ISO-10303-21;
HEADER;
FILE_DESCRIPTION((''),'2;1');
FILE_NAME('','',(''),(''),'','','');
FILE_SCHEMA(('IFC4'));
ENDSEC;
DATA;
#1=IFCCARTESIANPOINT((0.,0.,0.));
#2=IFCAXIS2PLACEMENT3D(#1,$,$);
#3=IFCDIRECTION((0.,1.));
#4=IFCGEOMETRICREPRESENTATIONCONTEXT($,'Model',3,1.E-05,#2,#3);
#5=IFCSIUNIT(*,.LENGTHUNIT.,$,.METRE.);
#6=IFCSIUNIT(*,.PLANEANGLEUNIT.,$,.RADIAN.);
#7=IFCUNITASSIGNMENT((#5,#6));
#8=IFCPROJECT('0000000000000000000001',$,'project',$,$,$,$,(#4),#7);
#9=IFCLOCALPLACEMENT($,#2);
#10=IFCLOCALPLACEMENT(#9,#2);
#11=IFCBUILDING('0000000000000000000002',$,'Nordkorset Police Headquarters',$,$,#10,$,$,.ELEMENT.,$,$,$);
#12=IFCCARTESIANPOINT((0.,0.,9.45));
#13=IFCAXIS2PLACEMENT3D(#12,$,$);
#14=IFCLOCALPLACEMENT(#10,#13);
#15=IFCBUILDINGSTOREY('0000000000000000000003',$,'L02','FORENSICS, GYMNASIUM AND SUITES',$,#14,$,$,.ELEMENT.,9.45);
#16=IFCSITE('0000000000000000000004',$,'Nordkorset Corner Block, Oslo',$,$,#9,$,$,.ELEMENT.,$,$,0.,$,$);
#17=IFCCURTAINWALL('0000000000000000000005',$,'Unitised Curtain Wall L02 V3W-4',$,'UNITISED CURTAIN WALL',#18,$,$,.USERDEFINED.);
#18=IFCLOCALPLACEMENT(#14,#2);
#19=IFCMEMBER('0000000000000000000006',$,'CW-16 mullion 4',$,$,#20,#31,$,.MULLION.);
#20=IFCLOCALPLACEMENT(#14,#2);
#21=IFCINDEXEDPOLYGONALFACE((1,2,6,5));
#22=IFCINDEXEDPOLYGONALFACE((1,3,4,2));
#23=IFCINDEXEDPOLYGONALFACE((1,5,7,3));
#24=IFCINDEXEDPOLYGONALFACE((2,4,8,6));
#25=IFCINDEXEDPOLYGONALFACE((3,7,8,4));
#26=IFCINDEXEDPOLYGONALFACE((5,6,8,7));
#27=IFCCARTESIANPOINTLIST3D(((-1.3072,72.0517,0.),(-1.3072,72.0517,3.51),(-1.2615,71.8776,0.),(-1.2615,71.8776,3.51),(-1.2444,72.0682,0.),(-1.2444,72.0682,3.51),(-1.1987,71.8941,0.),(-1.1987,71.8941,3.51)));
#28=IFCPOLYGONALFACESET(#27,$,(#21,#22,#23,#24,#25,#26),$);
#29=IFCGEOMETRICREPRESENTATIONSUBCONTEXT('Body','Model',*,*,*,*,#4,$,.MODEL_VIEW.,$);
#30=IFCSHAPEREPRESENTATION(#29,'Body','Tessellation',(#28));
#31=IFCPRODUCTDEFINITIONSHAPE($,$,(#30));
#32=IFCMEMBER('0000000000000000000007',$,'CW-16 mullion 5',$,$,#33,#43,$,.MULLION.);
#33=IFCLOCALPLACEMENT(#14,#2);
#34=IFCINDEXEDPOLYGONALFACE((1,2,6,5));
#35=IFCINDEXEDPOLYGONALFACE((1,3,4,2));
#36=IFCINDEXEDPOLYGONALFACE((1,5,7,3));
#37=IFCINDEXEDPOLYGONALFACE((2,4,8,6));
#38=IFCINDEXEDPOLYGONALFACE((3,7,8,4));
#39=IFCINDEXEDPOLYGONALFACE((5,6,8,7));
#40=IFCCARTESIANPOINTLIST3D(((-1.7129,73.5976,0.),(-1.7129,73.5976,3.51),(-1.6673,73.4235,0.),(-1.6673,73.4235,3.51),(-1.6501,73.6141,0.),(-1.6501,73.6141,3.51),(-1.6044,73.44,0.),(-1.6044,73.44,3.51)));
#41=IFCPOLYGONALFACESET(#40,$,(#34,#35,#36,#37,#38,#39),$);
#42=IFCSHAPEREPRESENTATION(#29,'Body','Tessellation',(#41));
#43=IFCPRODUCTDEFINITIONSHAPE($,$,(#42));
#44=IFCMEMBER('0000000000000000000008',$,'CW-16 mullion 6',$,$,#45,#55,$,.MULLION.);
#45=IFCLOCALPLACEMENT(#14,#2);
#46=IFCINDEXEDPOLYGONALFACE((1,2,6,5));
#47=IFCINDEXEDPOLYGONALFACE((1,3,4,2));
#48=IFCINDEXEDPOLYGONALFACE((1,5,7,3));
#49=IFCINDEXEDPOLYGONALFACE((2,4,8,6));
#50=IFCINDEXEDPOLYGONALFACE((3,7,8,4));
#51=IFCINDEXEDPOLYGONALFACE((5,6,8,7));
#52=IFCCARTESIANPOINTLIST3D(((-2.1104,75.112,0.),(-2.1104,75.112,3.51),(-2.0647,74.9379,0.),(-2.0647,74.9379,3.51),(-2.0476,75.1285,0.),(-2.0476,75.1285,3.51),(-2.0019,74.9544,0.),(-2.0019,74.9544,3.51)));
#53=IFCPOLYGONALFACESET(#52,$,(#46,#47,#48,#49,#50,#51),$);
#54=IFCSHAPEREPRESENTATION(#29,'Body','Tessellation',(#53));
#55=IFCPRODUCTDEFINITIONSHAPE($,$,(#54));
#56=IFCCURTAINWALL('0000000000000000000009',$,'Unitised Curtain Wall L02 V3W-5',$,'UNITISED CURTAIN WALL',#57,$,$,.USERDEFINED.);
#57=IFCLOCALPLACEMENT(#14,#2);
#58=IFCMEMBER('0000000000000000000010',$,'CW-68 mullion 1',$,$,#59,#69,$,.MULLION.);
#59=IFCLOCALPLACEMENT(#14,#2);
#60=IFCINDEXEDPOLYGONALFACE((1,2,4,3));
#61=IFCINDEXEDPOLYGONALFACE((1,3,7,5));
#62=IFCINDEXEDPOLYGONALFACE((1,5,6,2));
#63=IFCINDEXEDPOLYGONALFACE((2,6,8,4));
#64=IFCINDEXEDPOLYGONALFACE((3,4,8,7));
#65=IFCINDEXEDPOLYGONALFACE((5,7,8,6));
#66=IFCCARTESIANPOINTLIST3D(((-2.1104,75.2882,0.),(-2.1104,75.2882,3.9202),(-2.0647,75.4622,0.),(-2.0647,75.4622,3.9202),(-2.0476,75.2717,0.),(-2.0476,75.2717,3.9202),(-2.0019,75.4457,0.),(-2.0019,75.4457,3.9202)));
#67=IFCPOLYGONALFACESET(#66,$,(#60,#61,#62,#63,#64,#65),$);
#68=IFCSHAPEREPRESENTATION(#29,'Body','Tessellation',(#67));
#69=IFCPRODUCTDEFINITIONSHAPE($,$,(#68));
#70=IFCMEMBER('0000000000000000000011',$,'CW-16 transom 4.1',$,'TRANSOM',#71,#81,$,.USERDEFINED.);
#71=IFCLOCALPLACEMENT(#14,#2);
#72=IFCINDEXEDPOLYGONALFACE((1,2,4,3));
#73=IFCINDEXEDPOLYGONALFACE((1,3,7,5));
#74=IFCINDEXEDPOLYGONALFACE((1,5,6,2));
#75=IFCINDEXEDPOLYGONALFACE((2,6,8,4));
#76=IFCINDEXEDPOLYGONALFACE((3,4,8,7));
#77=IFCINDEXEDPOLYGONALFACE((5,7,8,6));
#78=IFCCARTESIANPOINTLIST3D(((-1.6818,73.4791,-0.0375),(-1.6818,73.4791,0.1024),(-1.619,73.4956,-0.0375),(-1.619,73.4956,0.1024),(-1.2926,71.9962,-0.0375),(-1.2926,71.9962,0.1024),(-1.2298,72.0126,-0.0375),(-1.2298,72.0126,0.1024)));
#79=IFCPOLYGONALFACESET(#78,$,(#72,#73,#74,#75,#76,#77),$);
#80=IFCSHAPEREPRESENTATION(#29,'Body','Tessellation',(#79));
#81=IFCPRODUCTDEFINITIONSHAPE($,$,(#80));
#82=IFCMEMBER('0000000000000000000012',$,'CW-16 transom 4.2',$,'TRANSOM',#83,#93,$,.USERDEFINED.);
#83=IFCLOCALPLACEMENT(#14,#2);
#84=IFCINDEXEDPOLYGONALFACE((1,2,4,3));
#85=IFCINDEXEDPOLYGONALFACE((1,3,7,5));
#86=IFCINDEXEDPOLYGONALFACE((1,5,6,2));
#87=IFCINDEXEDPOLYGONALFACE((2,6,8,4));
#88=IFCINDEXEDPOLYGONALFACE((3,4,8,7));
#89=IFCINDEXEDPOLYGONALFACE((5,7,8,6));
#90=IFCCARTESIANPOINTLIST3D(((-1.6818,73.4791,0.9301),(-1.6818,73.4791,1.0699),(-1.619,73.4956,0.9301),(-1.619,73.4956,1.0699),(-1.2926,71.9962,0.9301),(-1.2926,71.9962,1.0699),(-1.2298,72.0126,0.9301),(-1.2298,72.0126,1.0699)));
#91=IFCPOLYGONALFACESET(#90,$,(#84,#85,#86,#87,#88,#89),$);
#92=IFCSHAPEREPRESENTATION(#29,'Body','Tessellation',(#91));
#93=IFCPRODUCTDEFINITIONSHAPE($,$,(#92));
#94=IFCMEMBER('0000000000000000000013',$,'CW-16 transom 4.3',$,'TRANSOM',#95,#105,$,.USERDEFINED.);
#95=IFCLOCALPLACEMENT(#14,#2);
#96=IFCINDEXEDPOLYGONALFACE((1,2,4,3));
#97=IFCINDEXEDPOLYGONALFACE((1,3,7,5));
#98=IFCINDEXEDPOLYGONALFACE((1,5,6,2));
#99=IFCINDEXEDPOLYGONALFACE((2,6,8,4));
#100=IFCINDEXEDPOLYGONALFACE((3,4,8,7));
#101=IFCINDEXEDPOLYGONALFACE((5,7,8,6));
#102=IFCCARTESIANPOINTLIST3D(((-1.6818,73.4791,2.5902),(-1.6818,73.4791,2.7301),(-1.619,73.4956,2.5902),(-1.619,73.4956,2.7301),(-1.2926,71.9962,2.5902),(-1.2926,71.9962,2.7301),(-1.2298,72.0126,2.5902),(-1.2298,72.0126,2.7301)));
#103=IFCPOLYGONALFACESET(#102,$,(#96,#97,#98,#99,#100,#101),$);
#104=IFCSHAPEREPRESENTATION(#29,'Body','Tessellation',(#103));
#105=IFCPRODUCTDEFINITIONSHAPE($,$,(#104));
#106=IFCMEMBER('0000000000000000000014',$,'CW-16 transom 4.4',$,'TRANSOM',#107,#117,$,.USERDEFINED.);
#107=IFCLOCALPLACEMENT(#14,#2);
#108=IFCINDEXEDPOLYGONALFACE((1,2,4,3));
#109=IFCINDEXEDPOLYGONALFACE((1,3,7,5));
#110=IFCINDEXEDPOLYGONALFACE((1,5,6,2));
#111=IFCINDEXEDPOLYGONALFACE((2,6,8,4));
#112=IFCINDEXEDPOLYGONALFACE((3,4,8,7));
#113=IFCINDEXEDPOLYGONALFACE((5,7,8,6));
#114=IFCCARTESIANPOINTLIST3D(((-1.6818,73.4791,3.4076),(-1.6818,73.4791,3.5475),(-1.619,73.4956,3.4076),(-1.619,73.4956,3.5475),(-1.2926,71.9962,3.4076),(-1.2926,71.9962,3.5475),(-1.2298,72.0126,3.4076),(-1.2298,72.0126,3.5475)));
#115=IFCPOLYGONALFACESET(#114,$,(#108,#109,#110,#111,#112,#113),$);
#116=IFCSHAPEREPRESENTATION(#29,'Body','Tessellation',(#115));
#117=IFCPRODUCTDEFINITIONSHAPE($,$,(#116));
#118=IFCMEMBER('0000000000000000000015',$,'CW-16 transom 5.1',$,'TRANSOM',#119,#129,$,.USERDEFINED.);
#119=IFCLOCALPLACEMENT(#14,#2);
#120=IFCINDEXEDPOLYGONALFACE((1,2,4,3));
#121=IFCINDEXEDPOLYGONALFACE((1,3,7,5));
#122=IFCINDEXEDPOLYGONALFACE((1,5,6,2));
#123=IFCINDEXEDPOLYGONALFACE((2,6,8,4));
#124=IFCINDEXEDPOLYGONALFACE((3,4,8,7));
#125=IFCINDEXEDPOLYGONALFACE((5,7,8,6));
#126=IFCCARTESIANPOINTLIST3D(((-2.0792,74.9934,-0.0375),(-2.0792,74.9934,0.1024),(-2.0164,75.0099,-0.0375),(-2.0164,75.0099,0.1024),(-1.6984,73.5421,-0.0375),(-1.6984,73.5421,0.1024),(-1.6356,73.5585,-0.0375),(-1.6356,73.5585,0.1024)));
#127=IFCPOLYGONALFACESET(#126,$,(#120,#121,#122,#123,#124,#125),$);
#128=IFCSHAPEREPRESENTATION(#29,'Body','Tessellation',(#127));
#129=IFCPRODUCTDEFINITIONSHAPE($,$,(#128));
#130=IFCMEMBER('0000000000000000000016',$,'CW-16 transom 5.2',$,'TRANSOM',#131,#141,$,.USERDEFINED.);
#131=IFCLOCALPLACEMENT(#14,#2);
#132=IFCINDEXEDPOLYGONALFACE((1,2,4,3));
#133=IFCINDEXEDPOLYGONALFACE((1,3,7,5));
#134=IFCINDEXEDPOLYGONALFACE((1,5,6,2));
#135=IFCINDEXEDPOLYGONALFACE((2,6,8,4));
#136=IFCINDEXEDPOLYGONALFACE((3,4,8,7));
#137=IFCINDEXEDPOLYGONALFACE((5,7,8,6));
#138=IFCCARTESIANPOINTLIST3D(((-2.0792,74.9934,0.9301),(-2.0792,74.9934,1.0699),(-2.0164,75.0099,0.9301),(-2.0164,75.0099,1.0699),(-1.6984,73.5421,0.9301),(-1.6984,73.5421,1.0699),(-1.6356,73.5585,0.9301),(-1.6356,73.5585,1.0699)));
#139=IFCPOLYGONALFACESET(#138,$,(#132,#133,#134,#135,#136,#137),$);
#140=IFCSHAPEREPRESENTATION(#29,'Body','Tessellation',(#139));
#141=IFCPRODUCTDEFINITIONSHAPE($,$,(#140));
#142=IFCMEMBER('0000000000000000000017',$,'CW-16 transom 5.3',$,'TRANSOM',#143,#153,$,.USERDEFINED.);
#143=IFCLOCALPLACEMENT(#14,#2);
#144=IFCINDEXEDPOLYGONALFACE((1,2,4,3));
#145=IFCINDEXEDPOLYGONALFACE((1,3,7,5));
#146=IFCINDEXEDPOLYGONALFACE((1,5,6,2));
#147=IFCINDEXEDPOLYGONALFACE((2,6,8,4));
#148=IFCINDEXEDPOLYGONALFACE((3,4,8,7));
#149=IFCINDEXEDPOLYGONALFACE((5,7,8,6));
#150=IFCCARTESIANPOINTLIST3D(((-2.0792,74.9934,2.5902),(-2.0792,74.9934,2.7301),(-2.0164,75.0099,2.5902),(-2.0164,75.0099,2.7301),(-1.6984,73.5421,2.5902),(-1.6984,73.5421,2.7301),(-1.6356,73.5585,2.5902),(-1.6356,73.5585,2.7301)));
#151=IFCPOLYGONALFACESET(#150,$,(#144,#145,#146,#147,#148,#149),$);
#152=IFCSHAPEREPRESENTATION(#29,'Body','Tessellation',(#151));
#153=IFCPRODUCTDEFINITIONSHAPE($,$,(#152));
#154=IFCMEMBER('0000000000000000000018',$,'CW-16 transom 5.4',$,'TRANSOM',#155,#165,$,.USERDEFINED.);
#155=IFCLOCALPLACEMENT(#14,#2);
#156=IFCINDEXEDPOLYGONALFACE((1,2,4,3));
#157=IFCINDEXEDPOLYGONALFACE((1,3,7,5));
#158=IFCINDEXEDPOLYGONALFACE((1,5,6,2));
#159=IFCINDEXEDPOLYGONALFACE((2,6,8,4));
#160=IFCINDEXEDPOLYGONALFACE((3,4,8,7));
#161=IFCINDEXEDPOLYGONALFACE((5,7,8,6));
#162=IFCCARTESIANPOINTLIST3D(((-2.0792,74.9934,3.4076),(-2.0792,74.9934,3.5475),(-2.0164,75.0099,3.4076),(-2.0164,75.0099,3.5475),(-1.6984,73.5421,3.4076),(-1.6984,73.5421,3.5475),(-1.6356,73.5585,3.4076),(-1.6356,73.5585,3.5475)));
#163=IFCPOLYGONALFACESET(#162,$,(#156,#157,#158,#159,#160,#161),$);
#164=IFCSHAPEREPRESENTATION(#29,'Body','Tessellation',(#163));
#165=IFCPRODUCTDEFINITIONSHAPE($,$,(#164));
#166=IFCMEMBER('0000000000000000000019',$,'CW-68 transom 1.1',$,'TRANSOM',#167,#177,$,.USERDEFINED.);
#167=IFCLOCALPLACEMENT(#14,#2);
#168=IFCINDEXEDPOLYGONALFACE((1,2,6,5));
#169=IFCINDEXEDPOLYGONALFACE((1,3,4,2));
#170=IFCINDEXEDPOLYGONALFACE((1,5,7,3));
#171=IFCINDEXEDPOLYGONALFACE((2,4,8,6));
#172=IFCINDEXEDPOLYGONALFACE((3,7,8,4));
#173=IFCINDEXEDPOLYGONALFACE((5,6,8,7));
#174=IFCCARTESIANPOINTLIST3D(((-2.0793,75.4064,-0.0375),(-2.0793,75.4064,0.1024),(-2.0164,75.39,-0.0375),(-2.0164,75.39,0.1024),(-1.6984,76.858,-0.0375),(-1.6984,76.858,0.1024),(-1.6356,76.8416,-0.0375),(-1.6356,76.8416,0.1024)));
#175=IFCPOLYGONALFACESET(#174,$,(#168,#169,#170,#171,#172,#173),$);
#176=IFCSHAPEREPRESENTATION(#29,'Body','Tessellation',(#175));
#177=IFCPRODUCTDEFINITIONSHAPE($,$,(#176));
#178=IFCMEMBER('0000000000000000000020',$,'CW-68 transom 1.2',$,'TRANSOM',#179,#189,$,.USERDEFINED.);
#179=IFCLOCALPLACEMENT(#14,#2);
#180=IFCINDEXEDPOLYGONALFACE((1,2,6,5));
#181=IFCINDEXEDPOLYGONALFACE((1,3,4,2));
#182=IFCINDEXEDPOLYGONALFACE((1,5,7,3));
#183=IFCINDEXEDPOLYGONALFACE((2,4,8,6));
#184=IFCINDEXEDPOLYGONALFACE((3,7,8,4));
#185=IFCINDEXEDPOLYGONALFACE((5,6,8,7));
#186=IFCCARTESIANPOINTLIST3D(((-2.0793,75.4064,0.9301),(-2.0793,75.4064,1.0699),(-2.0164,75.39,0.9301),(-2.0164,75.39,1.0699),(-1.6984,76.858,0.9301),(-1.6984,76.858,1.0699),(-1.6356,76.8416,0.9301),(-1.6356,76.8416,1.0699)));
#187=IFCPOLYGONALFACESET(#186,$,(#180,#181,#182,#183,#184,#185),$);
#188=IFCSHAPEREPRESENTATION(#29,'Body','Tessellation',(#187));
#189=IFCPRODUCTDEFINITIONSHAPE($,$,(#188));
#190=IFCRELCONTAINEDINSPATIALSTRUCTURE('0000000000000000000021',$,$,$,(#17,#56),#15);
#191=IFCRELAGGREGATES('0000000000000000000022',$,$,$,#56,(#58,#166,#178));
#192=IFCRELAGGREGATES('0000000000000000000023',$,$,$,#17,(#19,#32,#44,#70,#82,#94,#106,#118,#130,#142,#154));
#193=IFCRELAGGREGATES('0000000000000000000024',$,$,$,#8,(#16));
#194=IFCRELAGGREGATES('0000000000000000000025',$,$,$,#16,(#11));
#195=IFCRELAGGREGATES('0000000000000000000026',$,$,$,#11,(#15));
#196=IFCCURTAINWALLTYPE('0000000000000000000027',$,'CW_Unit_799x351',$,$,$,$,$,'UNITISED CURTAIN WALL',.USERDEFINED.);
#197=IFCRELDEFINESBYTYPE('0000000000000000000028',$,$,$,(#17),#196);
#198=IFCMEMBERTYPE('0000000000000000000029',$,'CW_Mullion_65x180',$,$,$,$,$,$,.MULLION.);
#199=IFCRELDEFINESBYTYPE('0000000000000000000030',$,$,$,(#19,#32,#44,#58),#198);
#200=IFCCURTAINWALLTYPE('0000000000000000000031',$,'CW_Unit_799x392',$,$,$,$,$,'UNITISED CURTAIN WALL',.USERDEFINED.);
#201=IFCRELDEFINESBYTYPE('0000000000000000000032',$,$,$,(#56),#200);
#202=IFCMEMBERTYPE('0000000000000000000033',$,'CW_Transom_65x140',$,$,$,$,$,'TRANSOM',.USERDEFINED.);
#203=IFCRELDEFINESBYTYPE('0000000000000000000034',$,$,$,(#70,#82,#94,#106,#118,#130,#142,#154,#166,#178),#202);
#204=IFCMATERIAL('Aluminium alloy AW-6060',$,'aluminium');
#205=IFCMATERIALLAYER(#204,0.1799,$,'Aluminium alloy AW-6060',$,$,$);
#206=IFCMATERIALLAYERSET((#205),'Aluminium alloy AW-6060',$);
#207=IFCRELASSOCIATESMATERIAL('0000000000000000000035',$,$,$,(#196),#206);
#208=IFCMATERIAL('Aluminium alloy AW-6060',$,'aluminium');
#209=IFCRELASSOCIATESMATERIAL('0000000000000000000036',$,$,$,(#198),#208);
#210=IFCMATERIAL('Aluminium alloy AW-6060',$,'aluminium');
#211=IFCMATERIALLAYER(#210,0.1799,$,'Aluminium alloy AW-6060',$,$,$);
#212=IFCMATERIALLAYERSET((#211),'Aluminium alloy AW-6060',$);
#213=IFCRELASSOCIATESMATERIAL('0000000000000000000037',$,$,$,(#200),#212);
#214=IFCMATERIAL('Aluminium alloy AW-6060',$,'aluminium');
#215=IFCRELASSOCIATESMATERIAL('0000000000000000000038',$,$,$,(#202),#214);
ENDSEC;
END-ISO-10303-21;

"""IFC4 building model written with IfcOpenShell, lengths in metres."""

from ifc_helpers import new_model, si_unit, direction, frame, origin, origin_2d, place, context, subcontext, project, spatial, rectangle, extrude, material, layer, layer_set, material_profile, profile_set, type_object, element, aggregate, save


model = new_model("IFC4")

# Units and contexts
model_context = context("Model", 3, precision=1e-05, world=origin(), true_north=direction((0.0, 1.0)))
body_context = subcontext(model_context, "Body", "Model", "MODEL_VIEW")
ifc_project = project(units=[si_unit("LENGTHUNIT", "METRE"), si_unit("PLANEANGLEUNIT", "RADIAN")], contexts=[model_context])

# Site, building, storey
site_placement = place(None, origin())
site = spatial("IfcSite", under=ifc_project, at=site_placement, Name="Nordkorset Corner Block, Oslo", CompositionType="ELEMENT", RefElevation=0.0)
building_placement = place(site_placement, origin())
building = spatial("IfcBuilding", under=site, at=building_placement, Name="Nordkorset Police Headquarters", CompositionType="ELEMENT")
storey_placement = place(building_placement, frame((0.0, 0.0, 9.45)))
storey = spatial("IfcBuildingStorey", under=building, at=storey_placement, Name="L02", Description="FORENSICS, GYMNASIUM AND SUITES", CompositionType="ELEMENT", Elevation=9.45)

# Curtain wall, members
ifc_material_1 = material(Name="Aluminium alloy AW-6060", Category="aluminium")
ifc_layer_1 = layer(ifc_material_1, 0.1799, Name="Aluminium alloy AW-6060")
ifc_layer_set_1 = layer_set([ifc_layer_1], Name="Aluminium alloy AW-6060")
curtain_wall_type_1 = type_object("IfcCurtainWallType", Name="CW_Unit_799x351", ElementType="UNITISED CURTAIN WALL", PredefinedType="USERDEFINED", material=ifc_layer_set_1)
curtain_wall_1_placement = place(storey_placement, origin())
curtain_wall_1 = element("IfcCurtainWall", 1, at=curtain_wall_1_placement, inside=storey, type_object=curtain_wall_type_1, Name="Unitised Curtain Wall L02 V3W-4", ObjectType="UNITISED CURTAIN WALL", PredefinedType="USERDEFINED")
ifc_material_2 = material(Name="Aluminium alloy AW-6060", Category="aluminium")
ifc_material_profile_1 = material_profile(ifc_material_2, rectangle(XDim=0.0649, YDim=0.1799, at=origin_2d()), Name="ALU MULL 65x180")
ifc_profile_set_1 = profile_set([ifc_material_profile_1], Name="Aluminium alloy AW-6060")
member_type_1 = type_object("IfcMemberType", Name="CW_Mullion_65x180", PredefinedType="MULLION", material=ifc_profile_set_1)
member_1_placement = place(storey_placement, frame((-1.2529, 71.9729, 0.0), z_axis=(0.0, 0.0, 1.0), x_axis=(-0.967231, -0.253897, 0.0)))
member_1 = element("IfcMember", 2, at=member_1_placement, type_object=member_type_1, Name="CW-16 mullion 4", PredefinedType="MULLION", context=body_context, shape_type="SweptSolid", body=[
    extrude(rectangle(XDim=0.0649, YDim=0.1799, at=origin_2d()), origin(), (0.0, 0.0, 1.0), 3.51),
])
member_2_placement = place(storey_placement, frame((-1.6587, 73.5188, 0.0), z_axis=(0.0, 0.0, 1.0), x_axis=(-0.967231, -0.253897, 0.0)))
member_2 = element("IfcMember", 3, at=member_2_placement, type_object=member_type_1, Name="CW-16 mullion 5", PredefinedType="MULLION", context=body_context, shape_type="SweptSolid", body=[
    extrude(rectangle(XDim=0.0649, YDim=0.1799, at=origin_2d()), origin(), (0.0, 0.0, 1.0), 3.51),
])
member_3_placement = place(storey_placement, frame((-2.0562, 75.0332, 0.0), z_axis=(0.0, 0.0, 1.0), x_axis=(-0.967231, -0.253897, 0.0)))
member_3 = element("IfcMember", 4, at=member_3_placement, type_object=member_type_1, Name="CW-16 mullion 6", PredefinedType="MULLION", context=body_context, shape_type="SweptSolid", body=[
    extrude(rectangle(XDim=0.0649, YDim=0.1799, at=origin_2d()), origin(), (0.0, 0.0, 1.0), 3.51),
])

# Curtain wall, member
ifc_material_3 = material(Name="Aluminium alloy AW-6060", Category="aluminium")
ifc_layer_2 = layer(ifc_material_3, 0.1799, Name="Aluminium alloy AW-6060")
ifc_layer_set_2 = layer_set([ifc_layer_2], Name="Aluminium alloy AW-6060")
curtain_wall_type_2 = type_object("IfcCurtainWallType", Name="CW_Unit_799x392", ElementType="UNITISED CURTAIN WALL", PredefinedType="USERDEFINED", material=ifc_layer_set_2)
curtain_wall_2_placement = place(storey_placement, origin())
curtain_wall_2 = element("IfcCurtainWall", 5, at=curtain_wall_2_placement, inside=storey, type_object=curtain_wall_type_2, Name="Unitised Curtain Wall L02 V3W-5", ObjectType="UNITISED CURTAIN WALL", PredefinedType="USERDEFINED")
member_4_placement = place(storey_placement, frame((-2.0562, 75.3669, 0.0), z_axis=(0.0, 0.0, 1.0), x_axis=(-0.967231, 0.253897, 0.0)))
member_4 = element("IfcMember", 6, at=member_4_placement, type_object=member_type_1, Name="CW-68 mullion 1", PredefinedType="MULLION", context=body_context, shape_type="SweptSolid", body=[
    extrude(rectangle(XDim=0.0649, YDim=0.1799, at=origin_2d()), origin(), (0.0, 0.0, 1.0), 3.9202),
])

# Members
ifc_material_4 = material(Name="Aluminium alloy AW-6060", Category="aluminium")
ifc_material_profile_2 = material_profile(ifc_material_4, rectangle(XDim=0.0649, YDim=0.1399, at=origin_2d()), Name="ALU TRAN 65x140")
ifc_profile_set_2 = profile_set([ifc_material_profile_2], Name="Aluminium alloy AW-6060")
member_type_2 = type_object("IfcMemberType", Name="CW_Transom_65x140", ElementType="TRANSOM", PredefinedType="USERDEFINED", material=ifc_profile_set_2)
member_5_placement = place(storey_placement, frame((-1.2612, 72.0044, 0.0325), z_axis=(-0.253835, 0.967248, 0.0), x_axis=(-0.967248, -0.253835, 0.0)))
member_5 = element("IfcMember", 7, at=member_5_placement, type_object=member_type_2, Name="CW-16 transom 4.1", ObjectType="TRANSOM", PredefinedType="USERDEFINED", context=body_context, shape_type="SweptSolid", body=[
    extrude(rectangle(XDim=0.0649, YDim=0.1399, at=origin_2d()), origin(), (0.0, 0.0, 1.0), 1.5332),
])
member_6_placement = place(storey_placement, frame((-1.2612, 72.0044, 1.0), z_axis=(-0.253835, 0.967248, 0.0), x_axis=(-0.967248, -0.253835, 0.0)))
member_6 = element("IfcMember", 8, at=member_6_placement, type_object=member_type_2, Name="CW-16 transom 4.2", ObjectType="TRANSOM", PredefinedType="USERDEFINED", context=body_context, shape_type="SweptSolid", body=[
    extrude(rectangle(XDim=0.0649, YDim=0.1399, at=origin_2d()), origin(), (0.0, 0.0, 1.0), 1.5332),
])
member_7_placement = place(storey_placement, frame((-1.2612, 72.0044, 2.6602), z_axis=(-0.253835, 0.967248, 0.0), x_axis=(-0.967248, -0.253835, 0.0)))
member_7 = element("IfcMember", 9, at=member_7_placement, type_object=member_type_2, Name="CW-16 transom 4.3", ObjectType="TRANSOM", PredefinedType="USERDEFINED", context=body_context, shape_type="SweptSolid", body=[
    extrude(rectangle(XDim=0.0649, YDim=0.1399, at=origin_2d()), origin(), (0.0, 0.0, 1.0), 1.5332),
])
member_8_placement = place(storey_placement, frame((-1.2612, 72.0044, 3.4775), z_axis=(-0.253835, 0.967248, 0.0), x_axis=(-0.967248, -0.253835, 0.0)))
member_8 = element("IfcMember", 10, at=member_8_placement, type_object=member_type_2, Name="CW-16 transom 4.4", ObjectType="TRANSOM", PredefinedType="USERDEFINED", context=body_context, shape_type="SweptSolid", body=[
    extrude(rectangle(XDim=0.0649, YDim=0.1399, at=origin_2d()), origin(), (0.0, 0.0, 1.0), 1.5332),
])
member_9_placement = place(storey_placement, frame((-1.667, 73.5503, 0.0325), z_axis=(-0.253813, 0.967253, 0.0), x_axis=(-0.967253, -0.253813, 0.0)))
member_9 = element("IfcMember", 11, at=member_9_placement, type_object=member_type_2, Name="CW-16 transom 5.1", ObjectType="TRANSOM", PredefinedType="USERDEFINED", context=body_context, shape_type="SweptSolid", body=[
    extrude(rectangle(XDim=0.0649, YDim=0.1399, at=origin_2d()), origin(), (0.0, 0.0, 1.0), 1.5005),
])
member_10_placement = place(storey_placement, frame((-1.667, 73.5503, 1.0), z_axis=(-0.253813, 0.967253, 0.0), x_axis=(-0.967253, -0.253813, 0.0)))
member_10 = element("IfcMember", 12, at=member_10_placement, type_object=member_type_2, Name="CW-16 transom 5.2", ObjectType="TRANSOM", PredefinedType="USERDEFINED", context=body_context, shape_type="SweptSolid", body=[
    extrude(rectangle(XDim=0.0649, YDim=0.1399, at=origin_2d()), origin(), (0.0, 0.0, 1.0), 1.5005),
])
member_11_placement = place(storey_placement, frame((-1.667, 73.5503, 2.6602), z_axis=(-0.253813, 0.967253, 0.0), x_axis=(-0.967253, -0.253813, 0.0)))
member_11 = element("IfcMember", 13, at=member_11_placement, type_object=member_type_2, Name="CW-16 transom 5.3", ObjectType="TRANSOM", PredefinedType="USERDEFINED", context=body_context, shape_type="SweptSolid", body=[
    extrude(rectangle(XDim=0.0649, YDim=0.1399, at=origin_2d()), origin(), (0.0, 0.0, 1.0), 1.5005),
])
member_12_placement = place(storey_placement, frame((-1.667, 73.5503, 3.4775), z_axis=(-0.253813, 0.967253, 0.0), x_axis=(-0.967253, -0.253813, 0.0)))
member_12 = element("IfcMember", 14, at=member_12_placement, type_object=member_type_2, Name="CW-16 transom 5.4", ObjectType="TRANSOM", PredefinedType="USERDEFINED", context=body_context, shape_type="SweptSolid", body=[
    extrude(rectangle(XDim=0.0649, YDim=0.1399, at=origin_2d()), origin(), (0.0, 0.0, 1.0), 1.5005),
])
member_13_placement = place(storey_placement, frame((-2.0479, 75.3982, 0.0325), z_axis=(0.253773, 0.967264, 0.0), x_axis=(-0.967264, 0.253773, 0.0)))
member_13 = element("IfcMember", 15, at=member_13_placement, type_object=member_type_2, Name="CW-68 transom 1.1", ObjectType="TRANSOM", PredefinedType="USERDEFINED", context=body_context, shape_type="SweptSolid", body=[
    extrude(rectangle(XDim=0.0649, YDim=0.1399, at=origin_2d()), origin(), (0.0, 0.0, 1.0), 1.5007),
])
member_14_placement = place(storey_placement, frame((-2.0479, 75.3982, 1.0), z_axis=(0.253773, 0.967264, 0.0), x_axis=(-0.967264, 0.253773, 0.0)))
member_14 = element("IfcMember", 16, at=member_14_placement, type_object=member_type_2, Name="CW-68 transom 1.2", ObjectType="TRANSOM", PredefinedType="USERDEFINED", context=body_context, shape_type="SweptSolid", body=[
    extrude(rectangle(XDim=0.0649, YDim=0.1399, at=origin_2d()), origin(), (0.0, 0.0, 1.0), 1.5007),
])
aggregate(curtain_wall_2, [member_4, member_13, member_14])

aggregate(curtain_wall_1, [member_1, member_2, member_3, member_5, member_6, member_7, member_8, member_9, member_10, member_11, member_12])

save(model, "model.ifc")
